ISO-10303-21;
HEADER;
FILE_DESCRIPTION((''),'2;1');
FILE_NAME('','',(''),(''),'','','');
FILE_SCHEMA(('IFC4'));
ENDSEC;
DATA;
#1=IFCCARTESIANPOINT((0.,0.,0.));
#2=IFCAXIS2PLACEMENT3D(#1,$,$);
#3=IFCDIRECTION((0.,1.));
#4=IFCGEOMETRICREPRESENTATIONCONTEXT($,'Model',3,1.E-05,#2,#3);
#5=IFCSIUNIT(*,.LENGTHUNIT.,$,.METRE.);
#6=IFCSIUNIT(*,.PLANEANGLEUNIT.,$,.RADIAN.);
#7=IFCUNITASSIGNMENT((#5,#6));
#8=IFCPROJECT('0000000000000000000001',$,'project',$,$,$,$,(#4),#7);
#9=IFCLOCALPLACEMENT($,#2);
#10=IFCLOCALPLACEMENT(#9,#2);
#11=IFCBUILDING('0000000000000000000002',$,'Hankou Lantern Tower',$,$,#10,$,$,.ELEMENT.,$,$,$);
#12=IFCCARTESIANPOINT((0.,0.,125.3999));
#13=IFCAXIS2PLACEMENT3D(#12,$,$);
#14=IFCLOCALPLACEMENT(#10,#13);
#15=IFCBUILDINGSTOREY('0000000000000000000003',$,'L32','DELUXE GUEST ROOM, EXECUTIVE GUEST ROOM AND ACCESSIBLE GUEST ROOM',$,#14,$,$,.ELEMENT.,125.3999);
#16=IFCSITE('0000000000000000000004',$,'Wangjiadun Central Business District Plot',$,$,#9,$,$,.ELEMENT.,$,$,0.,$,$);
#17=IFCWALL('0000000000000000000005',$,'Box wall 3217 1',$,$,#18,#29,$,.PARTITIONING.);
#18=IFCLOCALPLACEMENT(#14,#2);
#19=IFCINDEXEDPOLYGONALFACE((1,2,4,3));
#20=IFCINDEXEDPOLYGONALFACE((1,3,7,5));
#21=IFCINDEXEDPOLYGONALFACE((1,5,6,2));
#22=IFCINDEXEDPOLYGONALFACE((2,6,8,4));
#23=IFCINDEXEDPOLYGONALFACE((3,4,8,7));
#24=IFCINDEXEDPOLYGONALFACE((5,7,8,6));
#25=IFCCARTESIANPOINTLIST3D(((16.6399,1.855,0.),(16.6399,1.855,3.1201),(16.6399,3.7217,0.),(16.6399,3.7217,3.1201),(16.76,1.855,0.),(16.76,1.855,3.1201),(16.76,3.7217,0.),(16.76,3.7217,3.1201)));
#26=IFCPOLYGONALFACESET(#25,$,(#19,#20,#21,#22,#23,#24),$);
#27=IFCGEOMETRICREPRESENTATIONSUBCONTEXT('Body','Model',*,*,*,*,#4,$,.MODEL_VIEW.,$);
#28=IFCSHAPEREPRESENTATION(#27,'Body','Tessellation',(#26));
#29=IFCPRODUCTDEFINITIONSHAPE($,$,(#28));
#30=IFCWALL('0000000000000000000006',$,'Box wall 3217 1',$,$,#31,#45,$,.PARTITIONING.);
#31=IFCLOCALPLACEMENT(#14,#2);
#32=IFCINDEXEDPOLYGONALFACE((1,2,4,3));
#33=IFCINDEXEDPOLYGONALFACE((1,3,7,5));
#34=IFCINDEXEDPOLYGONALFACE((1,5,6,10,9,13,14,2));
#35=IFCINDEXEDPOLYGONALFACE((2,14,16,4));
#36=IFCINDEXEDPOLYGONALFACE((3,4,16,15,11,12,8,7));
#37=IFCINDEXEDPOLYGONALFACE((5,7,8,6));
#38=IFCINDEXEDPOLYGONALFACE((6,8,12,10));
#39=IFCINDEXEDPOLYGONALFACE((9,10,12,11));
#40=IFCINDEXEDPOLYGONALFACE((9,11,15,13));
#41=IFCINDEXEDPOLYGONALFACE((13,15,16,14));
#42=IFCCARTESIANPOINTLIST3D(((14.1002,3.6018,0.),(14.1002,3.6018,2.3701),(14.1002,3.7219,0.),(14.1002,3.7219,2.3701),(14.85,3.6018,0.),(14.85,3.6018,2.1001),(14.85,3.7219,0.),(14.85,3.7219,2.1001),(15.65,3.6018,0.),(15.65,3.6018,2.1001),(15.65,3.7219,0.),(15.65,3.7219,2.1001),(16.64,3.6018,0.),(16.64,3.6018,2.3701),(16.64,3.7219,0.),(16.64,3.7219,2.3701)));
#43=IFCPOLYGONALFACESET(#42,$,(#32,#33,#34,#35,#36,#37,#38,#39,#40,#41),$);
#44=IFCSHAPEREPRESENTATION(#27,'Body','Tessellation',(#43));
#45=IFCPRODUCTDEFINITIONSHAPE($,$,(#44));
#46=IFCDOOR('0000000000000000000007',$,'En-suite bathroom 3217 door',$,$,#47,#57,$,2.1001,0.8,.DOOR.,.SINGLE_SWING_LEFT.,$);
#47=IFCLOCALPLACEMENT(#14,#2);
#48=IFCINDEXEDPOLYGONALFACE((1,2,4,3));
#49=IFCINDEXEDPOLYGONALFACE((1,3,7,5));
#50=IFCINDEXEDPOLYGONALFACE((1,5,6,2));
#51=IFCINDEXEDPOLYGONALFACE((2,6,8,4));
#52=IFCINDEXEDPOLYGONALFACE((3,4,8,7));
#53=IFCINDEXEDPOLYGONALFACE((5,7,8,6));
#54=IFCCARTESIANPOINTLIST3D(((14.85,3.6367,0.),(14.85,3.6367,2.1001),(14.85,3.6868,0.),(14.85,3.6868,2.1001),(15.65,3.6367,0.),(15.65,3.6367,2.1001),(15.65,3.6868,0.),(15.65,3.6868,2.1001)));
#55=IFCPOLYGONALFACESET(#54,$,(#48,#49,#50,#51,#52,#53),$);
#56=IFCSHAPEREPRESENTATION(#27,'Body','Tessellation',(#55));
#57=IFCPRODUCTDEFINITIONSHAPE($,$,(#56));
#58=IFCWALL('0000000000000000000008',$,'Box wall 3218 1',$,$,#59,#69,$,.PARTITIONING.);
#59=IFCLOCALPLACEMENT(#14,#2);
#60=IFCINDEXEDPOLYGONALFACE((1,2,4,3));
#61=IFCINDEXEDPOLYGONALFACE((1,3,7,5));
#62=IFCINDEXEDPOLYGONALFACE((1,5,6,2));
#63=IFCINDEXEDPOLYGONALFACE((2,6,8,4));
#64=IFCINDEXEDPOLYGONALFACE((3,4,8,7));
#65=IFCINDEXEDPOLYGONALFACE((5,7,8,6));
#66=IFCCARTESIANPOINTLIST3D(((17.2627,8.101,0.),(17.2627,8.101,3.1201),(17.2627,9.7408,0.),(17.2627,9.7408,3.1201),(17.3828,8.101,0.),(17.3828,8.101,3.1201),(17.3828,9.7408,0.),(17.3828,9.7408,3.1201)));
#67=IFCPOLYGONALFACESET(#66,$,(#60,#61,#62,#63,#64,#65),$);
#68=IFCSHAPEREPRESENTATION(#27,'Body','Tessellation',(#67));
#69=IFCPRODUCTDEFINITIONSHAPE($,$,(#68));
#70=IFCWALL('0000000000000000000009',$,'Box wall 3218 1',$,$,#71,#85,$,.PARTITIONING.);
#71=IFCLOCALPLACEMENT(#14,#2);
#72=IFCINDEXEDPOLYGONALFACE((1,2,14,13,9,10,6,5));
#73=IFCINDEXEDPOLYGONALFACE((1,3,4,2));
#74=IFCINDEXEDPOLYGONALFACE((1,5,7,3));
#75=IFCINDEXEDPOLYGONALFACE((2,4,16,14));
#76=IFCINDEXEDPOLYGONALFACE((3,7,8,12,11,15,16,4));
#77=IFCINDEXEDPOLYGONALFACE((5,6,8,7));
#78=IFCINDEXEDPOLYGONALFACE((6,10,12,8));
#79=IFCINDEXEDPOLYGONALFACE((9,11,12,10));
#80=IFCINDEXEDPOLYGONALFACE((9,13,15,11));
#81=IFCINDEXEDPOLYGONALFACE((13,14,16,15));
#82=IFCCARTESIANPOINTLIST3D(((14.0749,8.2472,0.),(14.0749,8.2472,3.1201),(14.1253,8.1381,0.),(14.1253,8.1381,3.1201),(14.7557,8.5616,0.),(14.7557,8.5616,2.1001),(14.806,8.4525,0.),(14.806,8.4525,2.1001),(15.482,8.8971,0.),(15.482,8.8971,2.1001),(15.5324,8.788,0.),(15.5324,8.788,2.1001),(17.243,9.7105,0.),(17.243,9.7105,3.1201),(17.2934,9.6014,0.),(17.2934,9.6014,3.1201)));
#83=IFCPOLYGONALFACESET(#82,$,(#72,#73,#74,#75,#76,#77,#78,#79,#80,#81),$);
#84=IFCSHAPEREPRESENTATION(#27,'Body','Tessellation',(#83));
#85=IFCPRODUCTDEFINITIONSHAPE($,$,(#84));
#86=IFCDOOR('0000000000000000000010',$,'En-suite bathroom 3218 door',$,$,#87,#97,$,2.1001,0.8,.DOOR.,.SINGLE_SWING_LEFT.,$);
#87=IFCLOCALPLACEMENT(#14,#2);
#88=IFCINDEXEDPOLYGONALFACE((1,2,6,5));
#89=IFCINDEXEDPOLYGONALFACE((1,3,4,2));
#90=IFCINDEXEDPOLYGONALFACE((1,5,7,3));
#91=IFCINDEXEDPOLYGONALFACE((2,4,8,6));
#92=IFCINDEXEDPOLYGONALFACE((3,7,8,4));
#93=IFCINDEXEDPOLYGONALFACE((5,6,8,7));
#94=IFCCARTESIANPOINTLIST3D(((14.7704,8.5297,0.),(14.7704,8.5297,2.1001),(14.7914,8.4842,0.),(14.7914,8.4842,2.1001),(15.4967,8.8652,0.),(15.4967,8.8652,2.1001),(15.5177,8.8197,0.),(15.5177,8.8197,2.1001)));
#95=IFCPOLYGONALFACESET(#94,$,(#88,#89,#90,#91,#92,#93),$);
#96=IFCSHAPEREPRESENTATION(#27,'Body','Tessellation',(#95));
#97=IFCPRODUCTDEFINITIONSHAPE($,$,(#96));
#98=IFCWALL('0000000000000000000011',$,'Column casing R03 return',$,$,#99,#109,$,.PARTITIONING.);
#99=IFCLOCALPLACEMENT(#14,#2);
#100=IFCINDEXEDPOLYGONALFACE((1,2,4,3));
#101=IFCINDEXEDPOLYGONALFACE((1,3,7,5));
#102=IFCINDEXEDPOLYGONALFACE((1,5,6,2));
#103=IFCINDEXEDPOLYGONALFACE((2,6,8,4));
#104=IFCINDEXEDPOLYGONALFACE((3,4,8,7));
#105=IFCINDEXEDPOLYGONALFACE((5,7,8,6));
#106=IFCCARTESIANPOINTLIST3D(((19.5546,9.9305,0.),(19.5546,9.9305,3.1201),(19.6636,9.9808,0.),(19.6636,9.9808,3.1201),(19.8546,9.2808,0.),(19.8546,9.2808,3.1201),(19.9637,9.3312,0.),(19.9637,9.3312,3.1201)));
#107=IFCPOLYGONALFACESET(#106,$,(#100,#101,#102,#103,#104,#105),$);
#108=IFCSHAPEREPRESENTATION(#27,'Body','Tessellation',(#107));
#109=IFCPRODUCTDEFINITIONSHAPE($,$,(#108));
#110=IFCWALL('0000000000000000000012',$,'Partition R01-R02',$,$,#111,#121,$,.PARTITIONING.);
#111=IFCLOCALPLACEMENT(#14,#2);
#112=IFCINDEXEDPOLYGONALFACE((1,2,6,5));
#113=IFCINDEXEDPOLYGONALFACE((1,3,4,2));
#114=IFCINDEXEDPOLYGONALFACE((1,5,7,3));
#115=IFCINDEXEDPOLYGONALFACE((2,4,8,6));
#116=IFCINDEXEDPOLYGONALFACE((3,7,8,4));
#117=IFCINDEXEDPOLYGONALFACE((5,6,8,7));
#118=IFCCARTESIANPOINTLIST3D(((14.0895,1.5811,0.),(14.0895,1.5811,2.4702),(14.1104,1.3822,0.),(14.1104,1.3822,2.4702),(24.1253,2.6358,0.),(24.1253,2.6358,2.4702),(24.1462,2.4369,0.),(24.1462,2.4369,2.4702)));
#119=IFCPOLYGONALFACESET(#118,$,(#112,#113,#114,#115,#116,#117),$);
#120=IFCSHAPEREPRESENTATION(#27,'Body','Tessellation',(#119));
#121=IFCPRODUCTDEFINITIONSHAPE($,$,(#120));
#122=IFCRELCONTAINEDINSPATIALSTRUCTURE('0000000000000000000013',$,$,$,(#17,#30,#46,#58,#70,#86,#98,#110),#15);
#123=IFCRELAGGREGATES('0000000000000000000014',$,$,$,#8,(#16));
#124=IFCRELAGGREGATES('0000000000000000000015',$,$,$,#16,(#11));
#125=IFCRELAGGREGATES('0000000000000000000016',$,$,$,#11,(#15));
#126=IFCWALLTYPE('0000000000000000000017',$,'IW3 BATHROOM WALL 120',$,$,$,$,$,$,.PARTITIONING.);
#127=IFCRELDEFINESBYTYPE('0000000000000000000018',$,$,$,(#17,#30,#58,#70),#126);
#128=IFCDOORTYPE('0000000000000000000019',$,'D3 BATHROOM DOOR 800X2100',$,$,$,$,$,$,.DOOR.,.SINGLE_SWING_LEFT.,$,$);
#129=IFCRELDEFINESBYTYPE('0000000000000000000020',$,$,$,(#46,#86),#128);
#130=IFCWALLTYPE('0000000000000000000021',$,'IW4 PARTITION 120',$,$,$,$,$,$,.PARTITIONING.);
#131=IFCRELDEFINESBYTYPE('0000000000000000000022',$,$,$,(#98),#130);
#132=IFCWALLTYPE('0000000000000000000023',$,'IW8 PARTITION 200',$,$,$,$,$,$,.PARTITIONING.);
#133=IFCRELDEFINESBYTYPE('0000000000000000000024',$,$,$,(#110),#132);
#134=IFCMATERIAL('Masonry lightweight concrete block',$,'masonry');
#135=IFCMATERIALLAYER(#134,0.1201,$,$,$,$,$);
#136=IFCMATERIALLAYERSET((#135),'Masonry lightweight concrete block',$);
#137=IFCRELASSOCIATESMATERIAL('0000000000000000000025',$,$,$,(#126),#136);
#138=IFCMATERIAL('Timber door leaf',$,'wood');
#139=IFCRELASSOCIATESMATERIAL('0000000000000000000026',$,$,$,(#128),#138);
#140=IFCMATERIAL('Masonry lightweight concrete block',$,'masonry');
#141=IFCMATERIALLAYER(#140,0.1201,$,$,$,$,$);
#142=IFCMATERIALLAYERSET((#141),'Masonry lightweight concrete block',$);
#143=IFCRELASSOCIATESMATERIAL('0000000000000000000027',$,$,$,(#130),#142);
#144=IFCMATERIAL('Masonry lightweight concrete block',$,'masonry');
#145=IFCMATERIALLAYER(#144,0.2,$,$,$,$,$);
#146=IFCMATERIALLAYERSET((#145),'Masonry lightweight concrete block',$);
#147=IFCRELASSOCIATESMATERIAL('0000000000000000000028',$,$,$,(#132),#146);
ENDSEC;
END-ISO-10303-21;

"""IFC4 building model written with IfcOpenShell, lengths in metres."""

from ifc_helpers import new_model, si_unit, direction, frame, frame_2d, origin, place, context, subcontext, project, spatial, rectangle, extrude, material, layer, layer_set, type_object, element, fill, save


model = new_model("IFC4")

# Units and contexts
model_context = context("Model", 3, precision=1e-05, world=origin(), true_north=direction((0.0, 1.0)))
body_context = subcontext(model_context, "Body", "Model", "MODEL_VIEW")
ifc_project = project(units=[si_unit("LENGTHUNIT", "METRE"), si_unit("PLANEANGLEUNIT", "RADIAN")], contexts=[model_context])

# Site, building, storey
site_placement = place(None, origin())
site = spatial("IfcSite", under=ifc_project, at=site_placement, Name="Wangjiadun Central Business District Plot", CompositionType="ELEMENT", RefElevation=0.0)
building_placement = place(site_placement, origin())
building = spatial("IfcBuilding", under=site, at=building_placement, Name="Hankou Lantern Tower", CompositionType="ELEMENT")
storey_placement = place(building_placement, frame((0.0, 0.0, 125.3999)))
storey = spatial("IfcBuildingStorey", under=building, at=storey_placement, Name="L32", Description="DELUXE GUEST ROOM, EXECUTIVE GUEST ROOM AND ACCESSIBLE GUEST ROOM", CompositionType="ELEMENT", Elevation=125.3999)

# Wall
ifc_material_1 = material(Name="Masonry lightweight concrete block", Category="masonry")
ifc_layer_1 = layer(ifc_material_1, 0.1201)
ifc_layer_set_1 = layer_set([ifc_layer_1], Name="Masonry lightweight concrete block")
wall_type_1 = type_object("IfcWallType", Name="IW3 BATHROOM WALL 120", PredefinedType="PARTITIONING", material=ifc_layer_set_1)
wall_1_placement = place(storey_placement, frame((16.7, 1.855, 0.0), z_axis=(0.0, 0.0, 1.0), x_axis=(0.0, 1.0, 0.0)))
element("IfcWall", 1, at=wall_1_placement, inside=storey, type_object=wall_type_1, Name="Box wall 3217 1", PredefinedType="PARTITIONING", context=body_context, shape_type="SweptSolid", body=[
    extrude(rectangle(XDim=1.8667, YDim=0.1201, at=frame_2d((0.9333, 0.0))), origin(), (0.0, 0.0, 1.0), 3.1201),
])

# Wall, opening, door
wall_2_placement = place(storey_placement, frame((14.1001, 3.6619, 0.0), z_axis=(0.0, 0.0, 1.0), x_axis=(1.0, 0.0, 0.0)))
wall_2 = element("IfcWall", 2, at=wall_2_placement, inside=storey, type_object=wall_type_1, Name="Box wall 3217 1", PredefinedType="PARTITIONING", context=body_context, shape_type="SweptSolid", body=[
    extrude(rectangle(XDim=2.5398, YDim=0.1201, at=frame_2d((1.27, 0.0))), origin(), (0.0, 0.0, 1.0), 2.3701),
])
opening_1_placement = place(wall_2_placement, frame((0.75, 0.0, 0.0)))
opening_1 = element("IfcOpeningElement", 3, at=opening_1_placement, cuts=wall_2, PredefinedType="OPENING", context=body_context, shape_type="SweptSolid", body=[
    extrude(rectangle(XDim=0.8, YDim=2.1001, at=frame_2d((0.3999, 1.05))), frame((0.0, 0.0701, 0.0), z_axis=(0.0, -1.0, 0.0), x_axis=(1.0, 0.0, 0.0)), (0.0, 0.0, 1.0), 0.1401),
])
ifc_material_2 = material(Name="Timber door leaf", Category="wood")
door_type = type_object("IfcDoorType", Name="D3 BATHROOM DOOR 800X2100", OperationType="SINGLE_SWING_LEFT", PredefinedType="DOOR", material=ifc_material_2)
door_1_placement = place(opening_1_placement, origin())
door_1 = element("IfcDoor", 4, at=door_1_placement, inside=storey, type_object=door_type, Name="En-suite bathroom 3217 door", OperationType="SINGLE_SWING_LEFT", OverallHeight=2.1001, OverallWidth=0.8, PredefinedType="DOOR", context=body_context, shape_type="SweptSolid", body=[
    extrude(rectangle(XDim=0.8, YDim=2.1001, at=frame_2d((0.3999, 1.05))), frame((0.0, 0.0249, 0.0), z_axis=(0.0, -1.0, 0.0), x_axis=(1.0, 0.0, 0.0)), (0.0, 0.0, 1.0), 0.05),
])
fill(opening_1, door_1)

# Wall
wall_3_placement = place(storey_placement, frame((17.3228, 8.1011, 0.0), z_axis=(0.0, 0.0, 1.0), x_axis=(0.0, 1.0, 0.0)))
element("IfcWall", 5, at=wall_3_placement, inside=storey, type_object=wall_type_1, Name="Box wall 3218 1", PredefinedType="PARTITIONING", context=body_context, shape_type="SweptSolid", body=[
    extrude(rectangle(XDim=1.6399, YDim=0.1201, at=frame_2d((0.8198, 0.0))), origin(), (0.0, 0.0, 1.0), 3.1201),
])

# Wall, opening, door
wall_4_placement = place(storey_placement, frame((14.1001, 8.1926, 0.0), z_axis=(0.0, 0.0, 1.0), x_axis=(0.907836, 0.419324, 0.0)))
wall_4 = element("IfcWall", 6, at=wall_4_placement, inside=storey, type_object=wall_type_1, Name="Box wall 3218 1", PredefinedType="PARTITIONING", context=body_context, shape_type="SweptSolid", body=[
    extrude(rectangle(XDim=3.4897, YDim=0.1201, at=frame_2d((1.7449, 0.0))), origin(), (0.0, 0.0, 1.0), 3.1201),
])
opening_2_placement = place(wall_4_placement, frame((0.75, 0.0, 0.0)))
opening_2 = element("IfcOpeningElement", 7, at=opening_2_placement, cuts=wall_4, PredefinedType="OPENING", context=body_context, shape_type="SweptSolid", body=[
    extrude(rectangle(XDim=0.8, YDim=2.1001, at=frame_2d((0.3999, 1.05))), frame((0.0, 0.0701, 0.0), z_axis=(0.0, -1.0, 0.0), x_axis=(1.0, 0.0, 0.0)), (0.0, 0.0, 1.0), 0.1401),
])
door_2_placement = place(opening_2_placement, origin())
door_2 = element("IfcDoor", 8, at=door_2_placement, inside=storey, type_object=door_type, Name="En-suite bathroom 3218 door", OperationType="SINGLE_SWING_LEFT", OverallHeight=2.1001, OverallWidth=0.8, PredefinedType="DOOR", context=body_context, shape_type="SweptSolid", body=[
    extrude(rectangle(XDim=0.8, YDim=2.1001, at=frame_2d((0.3999, 1.05))), frame((0.0, 0.0249, 0.0), z_axis=(0.0, -1.0, 0.0), x_axis=(1.0, 0.0, 0.0)), (0.0, 0.0, 1.0), 0.05),
])
fill(opening_2, door_2)

# Walls
ifc_material_3 = material(Name="Masonry lightweight concrete block", Category="masonry")
ifc_layer_2 = layer(ifc_material_3, 0.1201)
ifc_layer_set_2 = layer_set([ifc_layer_2], Name="Masonry lightweight concrete block")
wall_type_2 = type_object("IfcWallType", Name="IW4 PARTITION 120", PredefinedType="PARTITIONING", material=ifc_layer_set_2)
wall_5_placement = place(storey_placement, frame((19.9092, 9.3059, 0.0), z_axis=(0.0, 0.0, 1.0), x_axis=(-0.419296, 0.90785, 0.0)))
element("IfcWall", 9, at=wall_5_placement, inside=storey, type_object=wall_type_2, Name="Column casing R03 return", PredefinedType="PARTITIONING", context=body_context, shape_type="SweptSolid", body=[
    extrude(rectangle(XDim=0.7156, YDim=0.1201, at=frame_2d((0.3579, 0.0))), origin(), (0.0, 0.0, 1.0), 3.1201),
])
ifc_material_4 = material(Name="Masonry lightweight concrete block", Category="masonry")
ifc_layer_3 = layer(ifc_material_4, 0.2)
ifc_layer_set_3 = layer_set([ifc_layer_3], Name="Masonry lightweight concrete block")
wall_type_3 = type_object("IfcWallType", Name="IW8 PARTITION 200", PredefinedType="PARTITIONING", material=ifc_layer_set_3)
wall_6_placement = place(storey_placement, frame((14.1001, 1.4817, 0.0), z_axis=(0.0, 0.0, 1.0), x_axis=(0.994523, 0.104516, 0.0)))
element("IfcWall", 10, at=wall_6_placement, inside=storey, type_object=wall_type_3, Name="Partition R01-R02", PredefinedType="PARTITIONING", context=body_context, shape_type="SweptSolid", body=[
    extrude(rectangle(XDim=10.0911, YDim=0.2, at=frame_2d((5.0454, 0.0))), origin(), (0.0, 0.0, 1.0), 2.4702),
])

save(model, "model.ifc")
